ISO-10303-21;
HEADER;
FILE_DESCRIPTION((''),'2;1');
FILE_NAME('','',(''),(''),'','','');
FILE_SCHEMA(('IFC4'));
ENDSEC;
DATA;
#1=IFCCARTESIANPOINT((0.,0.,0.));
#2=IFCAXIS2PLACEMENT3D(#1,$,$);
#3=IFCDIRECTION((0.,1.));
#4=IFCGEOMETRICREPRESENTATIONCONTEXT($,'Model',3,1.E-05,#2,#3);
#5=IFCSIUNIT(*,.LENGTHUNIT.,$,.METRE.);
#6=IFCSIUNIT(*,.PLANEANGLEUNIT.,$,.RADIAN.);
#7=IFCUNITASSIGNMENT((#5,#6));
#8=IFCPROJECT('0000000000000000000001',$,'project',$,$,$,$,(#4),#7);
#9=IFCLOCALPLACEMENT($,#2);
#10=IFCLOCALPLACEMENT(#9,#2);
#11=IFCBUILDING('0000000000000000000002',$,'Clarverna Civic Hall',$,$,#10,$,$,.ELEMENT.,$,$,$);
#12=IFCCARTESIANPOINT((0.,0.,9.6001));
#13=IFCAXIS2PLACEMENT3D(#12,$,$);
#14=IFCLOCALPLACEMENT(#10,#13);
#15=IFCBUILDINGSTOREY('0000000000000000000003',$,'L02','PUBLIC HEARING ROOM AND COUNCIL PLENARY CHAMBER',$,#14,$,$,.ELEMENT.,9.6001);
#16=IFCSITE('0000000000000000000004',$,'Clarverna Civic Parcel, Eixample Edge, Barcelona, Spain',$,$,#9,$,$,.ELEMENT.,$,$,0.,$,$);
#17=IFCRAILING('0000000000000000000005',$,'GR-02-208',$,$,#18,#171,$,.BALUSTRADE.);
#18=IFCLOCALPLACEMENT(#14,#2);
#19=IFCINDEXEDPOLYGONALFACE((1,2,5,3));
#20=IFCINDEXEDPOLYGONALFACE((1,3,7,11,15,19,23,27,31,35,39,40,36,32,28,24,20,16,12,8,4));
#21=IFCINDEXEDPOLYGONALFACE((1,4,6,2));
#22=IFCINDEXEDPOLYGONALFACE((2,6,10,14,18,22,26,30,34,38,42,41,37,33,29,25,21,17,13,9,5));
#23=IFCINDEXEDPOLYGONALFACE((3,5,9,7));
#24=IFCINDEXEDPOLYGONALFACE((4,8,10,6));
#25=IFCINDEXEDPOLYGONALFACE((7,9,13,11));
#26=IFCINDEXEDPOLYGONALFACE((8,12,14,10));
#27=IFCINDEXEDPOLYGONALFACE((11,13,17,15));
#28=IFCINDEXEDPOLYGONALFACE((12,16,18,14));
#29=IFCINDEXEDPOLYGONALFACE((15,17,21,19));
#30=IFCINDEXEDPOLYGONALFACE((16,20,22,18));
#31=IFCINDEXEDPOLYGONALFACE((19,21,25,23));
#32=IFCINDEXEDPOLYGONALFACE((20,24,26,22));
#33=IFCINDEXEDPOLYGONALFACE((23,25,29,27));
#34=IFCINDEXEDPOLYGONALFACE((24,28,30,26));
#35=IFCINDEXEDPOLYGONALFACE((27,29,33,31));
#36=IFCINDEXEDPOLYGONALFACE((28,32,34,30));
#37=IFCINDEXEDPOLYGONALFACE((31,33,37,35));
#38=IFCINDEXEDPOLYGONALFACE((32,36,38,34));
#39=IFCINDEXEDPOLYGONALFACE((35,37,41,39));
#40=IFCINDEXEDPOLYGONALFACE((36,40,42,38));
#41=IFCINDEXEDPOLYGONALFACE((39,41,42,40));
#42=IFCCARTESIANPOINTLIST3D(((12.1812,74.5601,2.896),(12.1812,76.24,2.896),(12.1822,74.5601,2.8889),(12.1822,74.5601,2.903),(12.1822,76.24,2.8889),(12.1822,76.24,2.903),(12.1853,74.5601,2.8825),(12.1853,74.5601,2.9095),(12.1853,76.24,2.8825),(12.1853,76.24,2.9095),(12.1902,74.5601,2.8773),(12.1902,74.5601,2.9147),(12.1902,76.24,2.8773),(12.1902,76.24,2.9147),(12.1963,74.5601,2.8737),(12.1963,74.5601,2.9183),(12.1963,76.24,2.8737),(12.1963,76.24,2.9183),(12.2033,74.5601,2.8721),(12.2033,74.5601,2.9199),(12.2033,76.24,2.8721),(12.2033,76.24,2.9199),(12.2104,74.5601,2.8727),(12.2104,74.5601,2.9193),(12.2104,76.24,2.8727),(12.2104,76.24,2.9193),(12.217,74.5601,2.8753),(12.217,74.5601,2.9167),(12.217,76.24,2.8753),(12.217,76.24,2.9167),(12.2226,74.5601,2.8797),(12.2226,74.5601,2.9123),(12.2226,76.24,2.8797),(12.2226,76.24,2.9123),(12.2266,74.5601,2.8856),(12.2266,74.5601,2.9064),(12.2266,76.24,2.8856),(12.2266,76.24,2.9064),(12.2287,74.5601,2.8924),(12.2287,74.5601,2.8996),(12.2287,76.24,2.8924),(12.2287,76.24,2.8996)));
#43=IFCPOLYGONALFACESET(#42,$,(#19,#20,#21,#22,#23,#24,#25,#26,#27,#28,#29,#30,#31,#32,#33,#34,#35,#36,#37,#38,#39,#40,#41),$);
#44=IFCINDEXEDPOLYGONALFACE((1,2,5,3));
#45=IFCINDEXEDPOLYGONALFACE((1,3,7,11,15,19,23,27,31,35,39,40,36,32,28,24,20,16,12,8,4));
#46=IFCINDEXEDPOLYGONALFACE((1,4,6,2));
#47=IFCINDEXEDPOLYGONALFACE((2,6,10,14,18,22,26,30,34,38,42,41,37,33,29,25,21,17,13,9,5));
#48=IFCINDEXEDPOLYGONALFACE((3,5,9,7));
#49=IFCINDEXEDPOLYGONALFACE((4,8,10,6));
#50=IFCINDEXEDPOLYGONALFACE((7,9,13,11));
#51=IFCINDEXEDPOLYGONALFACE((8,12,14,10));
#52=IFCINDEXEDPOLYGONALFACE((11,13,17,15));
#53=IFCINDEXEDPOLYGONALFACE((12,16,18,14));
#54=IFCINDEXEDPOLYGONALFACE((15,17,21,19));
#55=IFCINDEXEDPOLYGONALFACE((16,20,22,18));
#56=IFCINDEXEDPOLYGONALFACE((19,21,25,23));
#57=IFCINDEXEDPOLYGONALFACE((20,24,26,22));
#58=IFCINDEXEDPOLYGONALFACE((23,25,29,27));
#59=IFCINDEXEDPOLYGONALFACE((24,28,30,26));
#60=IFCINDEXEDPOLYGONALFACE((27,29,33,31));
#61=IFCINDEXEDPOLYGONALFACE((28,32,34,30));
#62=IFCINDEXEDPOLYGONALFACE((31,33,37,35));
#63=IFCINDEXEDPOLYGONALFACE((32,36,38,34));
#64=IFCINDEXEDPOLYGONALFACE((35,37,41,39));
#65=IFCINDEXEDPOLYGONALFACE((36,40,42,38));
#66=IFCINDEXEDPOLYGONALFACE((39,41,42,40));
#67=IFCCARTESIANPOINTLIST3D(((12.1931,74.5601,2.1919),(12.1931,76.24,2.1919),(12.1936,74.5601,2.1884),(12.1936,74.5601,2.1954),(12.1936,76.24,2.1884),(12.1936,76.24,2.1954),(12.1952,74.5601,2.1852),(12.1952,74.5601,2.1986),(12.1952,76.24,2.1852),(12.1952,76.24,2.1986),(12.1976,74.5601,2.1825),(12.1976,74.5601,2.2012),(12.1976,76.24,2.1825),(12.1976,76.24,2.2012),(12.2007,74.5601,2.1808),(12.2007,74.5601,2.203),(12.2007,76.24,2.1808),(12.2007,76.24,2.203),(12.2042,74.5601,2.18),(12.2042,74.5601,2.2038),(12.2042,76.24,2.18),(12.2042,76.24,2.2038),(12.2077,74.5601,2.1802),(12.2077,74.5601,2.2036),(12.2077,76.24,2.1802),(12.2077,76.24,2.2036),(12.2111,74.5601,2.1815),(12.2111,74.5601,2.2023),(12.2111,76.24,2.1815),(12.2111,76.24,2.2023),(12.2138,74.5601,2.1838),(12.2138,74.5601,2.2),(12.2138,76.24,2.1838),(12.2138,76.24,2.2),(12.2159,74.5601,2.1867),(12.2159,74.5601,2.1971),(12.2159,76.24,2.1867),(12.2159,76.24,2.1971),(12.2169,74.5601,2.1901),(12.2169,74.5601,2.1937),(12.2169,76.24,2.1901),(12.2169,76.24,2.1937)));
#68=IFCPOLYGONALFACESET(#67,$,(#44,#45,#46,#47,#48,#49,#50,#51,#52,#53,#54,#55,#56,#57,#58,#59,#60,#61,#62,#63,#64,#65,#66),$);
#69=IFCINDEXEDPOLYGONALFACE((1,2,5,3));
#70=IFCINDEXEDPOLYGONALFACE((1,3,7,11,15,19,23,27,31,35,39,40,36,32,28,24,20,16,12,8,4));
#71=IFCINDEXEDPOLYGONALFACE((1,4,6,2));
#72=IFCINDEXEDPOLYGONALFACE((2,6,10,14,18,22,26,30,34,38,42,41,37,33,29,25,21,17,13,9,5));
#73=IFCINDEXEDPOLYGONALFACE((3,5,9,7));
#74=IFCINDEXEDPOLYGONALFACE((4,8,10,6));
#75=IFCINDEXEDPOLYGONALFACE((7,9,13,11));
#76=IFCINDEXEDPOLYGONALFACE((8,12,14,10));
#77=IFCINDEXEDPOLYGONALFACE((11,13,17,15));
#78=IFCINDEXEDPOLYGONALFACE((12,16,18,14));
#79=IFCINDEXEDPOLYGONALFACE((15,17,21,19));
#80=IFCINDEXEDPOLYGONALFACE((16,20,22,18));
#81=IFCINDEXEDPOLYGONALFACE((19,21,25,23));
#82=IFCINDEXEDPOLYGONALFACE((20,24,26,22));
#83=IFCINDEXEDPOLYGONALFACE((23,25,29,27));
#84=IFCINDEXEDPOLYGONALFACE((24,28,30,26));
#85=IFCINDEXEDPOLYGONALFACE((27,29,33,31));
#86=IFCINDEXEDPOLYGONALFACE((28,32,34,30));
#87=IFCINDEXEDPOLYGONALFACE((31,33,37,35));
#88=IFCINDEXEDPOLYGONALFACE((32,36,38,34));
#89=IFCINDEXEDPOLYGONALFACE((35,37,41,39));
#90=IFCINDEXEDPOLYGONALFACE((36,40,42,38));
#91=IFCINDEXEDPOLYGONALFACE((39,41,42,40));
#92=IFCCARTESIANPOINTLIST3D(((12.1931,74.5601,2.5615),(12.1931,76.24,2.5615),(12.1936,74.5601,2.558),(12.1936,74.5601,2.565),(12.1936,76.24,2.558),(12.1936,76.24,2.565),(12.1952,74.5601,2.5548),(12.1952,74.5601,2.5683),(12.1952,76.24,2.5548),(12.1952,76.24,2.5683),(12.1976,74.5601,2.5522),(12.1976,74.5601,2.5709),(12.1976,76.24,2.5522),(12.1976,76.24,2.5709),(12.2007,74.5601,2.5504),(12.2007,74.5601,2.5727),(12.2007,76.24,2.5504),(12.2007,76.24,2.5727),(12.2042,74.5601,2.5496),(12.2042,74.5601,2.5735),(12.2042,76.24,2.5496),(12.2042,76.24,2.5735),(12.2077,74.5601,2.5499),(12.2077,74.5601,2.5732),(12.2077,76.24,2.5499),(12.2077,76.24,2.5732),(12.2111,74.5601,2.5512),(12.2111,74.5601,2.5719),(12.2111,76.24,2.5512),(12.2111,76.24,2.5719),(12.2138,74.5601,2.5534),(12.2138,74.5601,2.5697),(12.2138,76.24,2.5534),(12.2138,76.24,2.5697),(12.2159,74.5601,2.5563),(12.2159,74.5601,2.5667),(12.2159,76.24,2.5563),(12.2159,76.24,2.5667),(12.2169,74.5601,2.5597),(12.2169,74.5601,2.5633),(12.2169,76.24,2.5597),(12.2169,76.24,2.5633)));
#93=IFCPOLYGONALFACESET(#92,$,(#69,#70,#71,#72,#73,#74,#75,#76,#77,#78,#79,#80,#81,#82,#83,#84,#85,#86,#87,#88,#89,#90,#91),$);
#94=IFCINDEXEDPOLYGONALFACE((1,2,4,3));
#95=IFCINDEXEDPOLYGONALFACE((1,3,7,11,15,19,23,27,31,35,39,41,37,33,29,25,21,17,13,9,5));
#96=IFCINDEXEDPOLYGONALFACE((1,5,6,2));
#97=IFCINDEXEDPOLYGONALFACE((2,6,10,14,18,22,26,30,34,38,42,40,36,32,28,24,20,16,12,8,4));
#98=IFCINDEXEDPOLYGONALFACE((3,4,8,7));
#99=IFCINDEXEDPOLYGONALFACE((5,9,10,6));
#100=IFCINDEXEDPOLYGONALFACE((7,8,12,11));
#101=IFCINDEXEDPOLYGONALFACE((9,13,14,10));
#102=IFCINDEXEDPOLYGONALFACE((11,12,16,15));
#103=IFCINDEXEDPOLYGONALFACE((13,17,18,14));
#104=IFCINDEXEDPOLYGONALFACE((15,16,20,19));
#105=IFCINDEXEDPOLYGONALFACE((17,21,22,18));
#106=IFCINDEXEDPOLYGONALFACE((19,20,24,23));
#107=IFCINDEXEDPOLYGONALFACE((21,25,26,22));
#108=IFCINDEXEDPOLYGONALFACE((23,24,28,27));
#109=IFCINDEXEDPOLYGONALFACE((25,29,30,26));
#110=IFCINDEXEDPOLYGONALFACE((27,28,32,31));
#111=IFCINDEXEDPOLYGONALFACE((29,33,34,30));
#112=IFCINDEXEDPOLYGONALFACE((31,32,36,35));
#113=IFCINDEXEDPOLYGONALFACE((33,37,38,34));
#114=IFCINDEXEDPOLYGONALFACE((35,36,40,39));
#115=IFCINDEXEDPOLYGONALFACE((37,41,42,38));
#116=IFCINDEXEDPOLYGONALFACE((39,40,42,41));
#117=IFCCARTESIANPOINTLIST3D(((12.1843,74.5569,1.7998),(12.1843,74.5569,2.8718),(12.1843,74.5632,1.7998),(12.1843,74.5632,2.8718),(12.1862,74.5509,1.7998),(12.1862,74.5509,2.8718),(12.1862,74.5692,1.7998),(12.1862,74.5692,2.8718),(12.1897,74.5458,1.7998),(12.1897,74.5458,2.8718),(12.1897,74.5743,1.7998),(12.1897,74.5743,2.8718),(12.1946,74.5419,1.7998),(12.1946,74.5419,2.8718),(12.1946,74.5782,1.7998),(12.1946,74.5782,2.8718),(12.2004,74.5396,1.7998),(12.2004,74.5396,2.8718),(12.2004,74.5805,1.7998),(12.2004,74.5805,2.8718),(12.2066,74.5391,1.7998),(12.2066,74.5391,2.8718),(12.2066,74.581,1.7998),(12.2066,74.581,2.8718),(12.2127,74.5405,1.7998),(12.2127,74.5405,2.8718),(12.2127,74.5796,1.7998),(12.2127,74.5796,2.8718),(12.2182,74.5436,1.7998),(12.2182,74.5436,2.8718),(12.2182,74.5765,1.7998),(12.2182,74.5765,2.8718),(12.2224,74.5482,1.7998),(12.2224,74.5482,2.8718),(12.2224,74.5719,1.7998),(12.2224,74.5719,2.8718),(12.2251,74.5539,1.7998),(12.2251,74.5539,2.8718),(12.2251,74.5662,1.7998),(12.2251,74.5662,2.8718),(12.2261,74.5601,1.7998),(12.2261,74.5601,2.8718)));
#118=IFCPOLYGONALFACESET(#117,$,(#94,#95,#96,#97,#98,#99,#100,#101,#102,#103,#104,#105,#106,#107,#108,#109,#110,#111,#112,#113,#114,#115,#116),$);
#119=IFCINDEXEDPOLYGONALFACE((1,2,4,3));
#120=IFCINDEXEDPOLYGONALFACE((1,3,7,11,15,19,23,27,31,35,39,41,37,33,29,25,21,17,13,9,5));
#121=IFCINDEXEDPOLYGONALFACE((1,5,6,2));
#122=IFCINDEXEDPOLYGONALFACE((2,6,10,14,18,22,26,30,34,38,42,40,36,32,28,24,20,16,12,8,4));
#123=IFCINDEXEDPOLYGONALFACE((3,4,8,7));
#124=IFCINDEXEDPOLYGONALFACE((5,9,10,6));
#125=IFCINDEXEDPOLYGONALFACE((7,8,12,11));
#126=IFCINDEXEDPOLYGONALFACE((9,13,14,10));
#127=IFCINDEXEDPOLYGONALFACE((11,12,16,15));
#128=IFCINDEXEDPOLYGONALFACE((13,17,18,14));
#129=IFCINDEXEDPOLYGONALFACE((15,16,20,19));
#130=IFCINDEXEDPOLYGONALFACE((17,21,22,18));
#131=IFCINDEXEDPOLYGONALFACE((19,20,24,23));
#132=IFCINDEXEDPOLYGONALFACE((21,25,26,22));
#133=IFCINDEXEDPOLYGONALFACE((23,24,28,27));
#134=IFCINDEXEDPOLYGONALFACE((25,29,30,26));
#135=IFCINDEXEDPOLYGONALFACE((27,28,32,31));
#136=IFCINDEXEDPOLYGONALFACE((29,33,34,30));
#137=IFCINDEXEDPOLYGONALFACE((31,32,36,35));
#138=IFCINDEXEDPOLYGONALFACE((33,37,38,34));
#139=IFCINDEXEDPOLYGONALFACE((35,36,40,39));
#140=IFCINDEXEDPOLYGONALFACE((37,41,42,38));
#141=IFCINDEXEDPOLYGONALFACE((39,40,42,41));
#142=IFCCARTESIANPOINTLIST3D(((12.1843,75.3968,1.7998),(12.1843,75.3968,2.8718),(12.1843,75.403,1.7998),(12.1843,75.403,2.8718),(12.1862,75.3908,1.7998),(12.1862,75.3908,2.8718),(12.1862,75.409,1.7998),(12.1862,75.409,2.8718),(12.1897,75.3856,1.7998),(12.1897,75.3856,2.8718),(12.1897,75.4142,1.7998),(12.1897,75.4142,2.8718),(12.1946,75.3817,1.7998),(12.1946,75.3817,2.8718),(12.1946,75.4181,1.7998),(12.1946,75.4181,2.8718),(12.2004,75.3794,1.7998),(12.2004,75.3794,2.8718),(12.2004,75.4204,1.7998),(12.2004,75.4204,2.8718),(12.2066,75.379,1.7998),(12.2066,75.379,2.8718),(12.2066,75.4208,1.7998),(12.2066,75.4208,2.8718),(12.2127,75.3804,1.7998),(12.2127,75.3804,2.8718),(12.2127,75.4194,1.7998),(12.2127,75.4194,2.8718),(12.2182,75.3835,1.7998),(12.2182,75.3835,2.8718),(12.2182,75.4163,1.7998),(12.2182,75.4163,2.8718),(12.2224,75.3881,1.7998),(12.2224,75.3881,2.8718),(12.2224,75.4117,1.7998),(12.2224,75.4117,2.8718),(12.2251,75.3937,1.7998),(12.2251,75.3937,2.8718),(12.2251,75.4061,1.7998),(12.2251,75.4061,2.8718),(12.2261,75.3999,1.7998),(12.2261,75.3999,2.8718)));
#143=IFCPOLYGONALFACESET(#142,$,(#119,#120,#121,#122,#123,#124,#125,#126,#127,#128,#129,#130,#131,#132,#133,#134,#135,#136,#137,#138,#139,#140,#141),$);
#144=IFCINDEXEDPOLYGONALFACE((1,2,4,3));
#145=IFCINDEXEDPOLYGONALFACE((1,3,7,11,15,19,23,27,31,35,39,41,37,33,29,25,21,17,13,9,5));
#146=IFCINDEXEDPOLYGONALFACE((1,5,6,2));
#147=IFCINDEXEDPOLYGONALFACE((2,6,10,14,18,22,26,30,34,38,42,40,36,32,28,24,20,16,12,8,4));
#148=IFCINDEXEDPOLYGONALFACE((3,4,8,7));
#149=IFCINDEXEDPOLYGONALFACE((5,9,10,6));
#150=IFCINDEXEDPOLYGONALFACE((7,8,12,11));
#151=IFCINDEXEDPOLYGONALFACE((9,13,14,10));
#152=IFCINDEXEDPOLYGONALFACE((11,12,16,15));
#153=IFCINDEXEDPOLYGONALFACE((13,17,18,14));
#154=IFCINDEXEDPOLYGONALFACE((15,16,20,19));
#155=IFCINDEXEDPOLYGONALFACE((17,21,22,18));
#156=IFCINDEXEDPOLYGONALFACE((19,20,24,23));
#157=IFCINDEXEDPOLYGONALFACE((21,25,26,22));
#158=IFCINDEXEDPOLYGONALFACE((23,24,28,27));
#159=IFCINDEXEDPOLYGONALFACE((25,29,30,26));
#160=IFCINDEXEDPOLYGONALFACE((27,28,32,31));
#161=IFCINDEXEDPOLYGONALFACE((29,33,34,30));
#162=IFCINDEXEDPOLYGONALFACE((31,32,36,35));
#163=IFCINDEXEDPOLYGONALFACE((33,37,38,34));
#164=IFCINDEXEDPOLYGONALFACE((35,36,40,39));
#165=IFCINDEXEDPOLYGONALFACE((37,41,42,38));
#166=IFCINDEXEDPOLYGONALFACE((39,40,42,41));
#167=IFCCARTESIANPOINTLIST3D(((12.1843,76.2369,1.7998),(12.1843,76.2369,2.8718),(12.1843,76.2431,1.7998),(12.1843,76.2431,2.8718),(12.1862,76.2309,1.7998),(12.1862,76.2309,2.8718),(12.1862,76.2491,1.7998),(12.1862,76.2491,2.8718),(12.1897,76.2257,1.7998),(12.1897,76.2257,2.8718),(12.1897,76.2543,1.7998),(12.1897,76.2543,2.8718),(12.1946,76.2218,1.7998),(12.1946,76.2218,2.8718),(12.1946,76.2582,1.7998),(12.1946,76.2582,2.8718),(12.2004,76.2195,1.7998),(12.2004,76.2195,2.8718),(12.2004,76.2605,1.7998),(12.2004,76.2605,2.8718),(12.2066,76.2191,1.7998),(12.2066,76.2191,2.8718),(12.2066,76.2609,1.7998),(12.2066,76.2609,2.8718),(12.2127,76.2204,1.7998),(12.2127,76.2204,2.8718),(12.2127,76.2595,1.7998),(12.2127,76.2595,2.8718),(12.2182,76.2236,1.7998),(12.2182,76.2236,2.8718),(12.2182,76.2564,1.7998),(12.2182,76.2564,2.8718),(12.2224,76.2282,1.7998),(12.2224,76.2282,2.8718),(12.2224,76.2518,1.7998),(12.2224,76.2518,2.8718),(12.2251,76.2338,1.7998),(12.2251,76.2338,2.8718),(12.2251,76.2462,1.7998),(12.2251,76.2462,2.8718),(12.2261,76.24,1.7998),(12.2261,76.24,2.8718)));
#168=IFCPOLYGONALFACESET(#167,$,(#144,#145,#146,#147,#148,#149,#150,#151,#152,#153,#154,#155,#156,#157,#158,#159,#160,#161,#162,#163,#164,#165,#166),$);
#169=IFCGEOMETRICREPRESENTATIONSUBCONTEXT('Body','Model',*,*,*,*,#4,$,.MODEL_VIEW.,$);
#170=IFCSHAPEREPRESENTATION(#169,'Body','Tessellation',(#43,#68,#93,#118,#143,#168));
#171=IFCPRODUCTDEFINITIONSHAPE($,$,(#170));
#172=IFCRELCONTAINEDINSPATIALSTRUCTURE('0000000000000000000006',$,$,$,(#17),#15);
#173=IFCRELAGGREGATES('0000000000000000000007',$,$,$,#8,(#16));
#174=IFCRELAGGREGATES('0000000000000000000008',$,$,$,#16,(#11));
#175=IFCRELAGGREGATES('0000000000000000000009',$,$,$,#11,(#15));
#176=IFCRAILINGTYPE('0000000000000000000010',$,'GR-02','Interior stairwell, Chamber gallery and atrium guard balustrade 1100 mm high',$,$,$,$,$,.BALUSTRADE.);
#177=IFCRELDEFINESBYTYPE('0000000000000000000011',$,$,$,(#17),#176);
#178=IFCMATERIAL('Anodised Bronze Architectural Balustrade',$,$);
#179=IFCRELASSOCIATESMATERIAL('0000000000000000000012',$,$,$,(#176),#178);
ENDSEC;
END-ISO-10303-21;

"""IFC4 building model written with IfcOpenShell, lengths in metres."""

from ifc_helpers import new_model, si_unit, direction, frame, origin, origin_2d, place, context, subcontext, project, spatial, circle, extrude, material, type_object, element, save


model = new_model("IFC4")

# Units and contexts
model_context = context("Model", 3, precision=1e-05, world=origin(), true_north=direction((0.0, 1.0)))
body_context = subcontext(model_context, "Body", "Model", "MODEL_VIEW")
ifc_project = project(units=[si_unit("LENGTHUNIT", "METRE"), si_unit("PLANEANGLEUNIT", "RADIAN")], contexts=[model_context])

# Site, building, storey
site_placement = place(None, origin())
site = spatial("IfcSite", under=ifc_project, at=site_placement, Name="Clarverna Civic Parcel, Eixample Edge, Barcelona, Spain", CompositionType="ELEMENT", RefElevation=0.0)
building_placement = place(site_placement, origin())
building = spatial("IfcBuilding", under=site, at=building_placement, Name="Clarverna Civic Hall", CompositionType="ELEMENT")
storey_placement = place(building_placement, frame((0.0, 0.0, 9.6001)))
storey = spatial("IfcBuildingStorey", under=building, at=storey_placement, Name="L02", Description="PUBLIC HEARING ROOM AND COUNCIL PLENARY CHAMBER", CompositionType="ELEMENT", Elevation=9.6001)

# Railing
ifc_material_1 = material(Name="Anodised Bronze Architectural Balustrade")
railing_type_1 = type_object("IfcRailingType", Name="GR-02", Description="Interior stairwell, Chamber gallery and atrium guard balustrade 1100 mm high", PredefinedType="BALUSTRADE", material=ifc_material_1)
railing_1_placement = place(storey_placement, frame((12.2051, 74.5601, 1.7998)))
element("IfcRailing", 1, at=railing_1_placement, inside=storey, type_object=railing_type_1, Name="GR-02-208", PredefinedType="BALUSTRADE", context=body_context, shape_type="SweptSolid", body=[
    extrude(circle(Radius=0.0239, at=origin_2d()), frame((0.0, 0.0, 1.0962), z_axis=(0.0, 1.0, 0.0), x_axis=(-1.0, 0.0, 0.0)), (0.0, 0.0, 1.0), 1.6799),
    extrude(circle(Radius=0.012, at=origin_2d()), frame((0.0, 0.0, 0.3921), z_axis=(0.0, 1.0, 0.0), x_axis=(-1.0, 0.0, 0.0)), (0.0, 0.0, 1.0), 1.6799),
    extrude(circle(Radius=0.012, at=origin_2d()), frame((0.0, 0.0, 0.7617), z_axis=(0.0, 1.0, 0.0), x_axis=(-1.0, 0.0, 0.0)), (0.0, 0.0, 1.0), 1.6799),
    extrude(circle(Radius=0.021, at=origin_2d()), origin(), (0.0, 0.0, 1.0), 1.072),
    extrude(circle(Radius=0.021, at=origin_2d()), frame((0.0, 0.8398, 0.0)), (0.0, 0.0, 1.0), 1.072),
    extrude(circle(Radius=0.021, at=origin_2d()), frame((0.0, 1.6799, 0.0)), (0.0, 0.0, 1.0), 1.072),
])

save(model, "model.ifc")
